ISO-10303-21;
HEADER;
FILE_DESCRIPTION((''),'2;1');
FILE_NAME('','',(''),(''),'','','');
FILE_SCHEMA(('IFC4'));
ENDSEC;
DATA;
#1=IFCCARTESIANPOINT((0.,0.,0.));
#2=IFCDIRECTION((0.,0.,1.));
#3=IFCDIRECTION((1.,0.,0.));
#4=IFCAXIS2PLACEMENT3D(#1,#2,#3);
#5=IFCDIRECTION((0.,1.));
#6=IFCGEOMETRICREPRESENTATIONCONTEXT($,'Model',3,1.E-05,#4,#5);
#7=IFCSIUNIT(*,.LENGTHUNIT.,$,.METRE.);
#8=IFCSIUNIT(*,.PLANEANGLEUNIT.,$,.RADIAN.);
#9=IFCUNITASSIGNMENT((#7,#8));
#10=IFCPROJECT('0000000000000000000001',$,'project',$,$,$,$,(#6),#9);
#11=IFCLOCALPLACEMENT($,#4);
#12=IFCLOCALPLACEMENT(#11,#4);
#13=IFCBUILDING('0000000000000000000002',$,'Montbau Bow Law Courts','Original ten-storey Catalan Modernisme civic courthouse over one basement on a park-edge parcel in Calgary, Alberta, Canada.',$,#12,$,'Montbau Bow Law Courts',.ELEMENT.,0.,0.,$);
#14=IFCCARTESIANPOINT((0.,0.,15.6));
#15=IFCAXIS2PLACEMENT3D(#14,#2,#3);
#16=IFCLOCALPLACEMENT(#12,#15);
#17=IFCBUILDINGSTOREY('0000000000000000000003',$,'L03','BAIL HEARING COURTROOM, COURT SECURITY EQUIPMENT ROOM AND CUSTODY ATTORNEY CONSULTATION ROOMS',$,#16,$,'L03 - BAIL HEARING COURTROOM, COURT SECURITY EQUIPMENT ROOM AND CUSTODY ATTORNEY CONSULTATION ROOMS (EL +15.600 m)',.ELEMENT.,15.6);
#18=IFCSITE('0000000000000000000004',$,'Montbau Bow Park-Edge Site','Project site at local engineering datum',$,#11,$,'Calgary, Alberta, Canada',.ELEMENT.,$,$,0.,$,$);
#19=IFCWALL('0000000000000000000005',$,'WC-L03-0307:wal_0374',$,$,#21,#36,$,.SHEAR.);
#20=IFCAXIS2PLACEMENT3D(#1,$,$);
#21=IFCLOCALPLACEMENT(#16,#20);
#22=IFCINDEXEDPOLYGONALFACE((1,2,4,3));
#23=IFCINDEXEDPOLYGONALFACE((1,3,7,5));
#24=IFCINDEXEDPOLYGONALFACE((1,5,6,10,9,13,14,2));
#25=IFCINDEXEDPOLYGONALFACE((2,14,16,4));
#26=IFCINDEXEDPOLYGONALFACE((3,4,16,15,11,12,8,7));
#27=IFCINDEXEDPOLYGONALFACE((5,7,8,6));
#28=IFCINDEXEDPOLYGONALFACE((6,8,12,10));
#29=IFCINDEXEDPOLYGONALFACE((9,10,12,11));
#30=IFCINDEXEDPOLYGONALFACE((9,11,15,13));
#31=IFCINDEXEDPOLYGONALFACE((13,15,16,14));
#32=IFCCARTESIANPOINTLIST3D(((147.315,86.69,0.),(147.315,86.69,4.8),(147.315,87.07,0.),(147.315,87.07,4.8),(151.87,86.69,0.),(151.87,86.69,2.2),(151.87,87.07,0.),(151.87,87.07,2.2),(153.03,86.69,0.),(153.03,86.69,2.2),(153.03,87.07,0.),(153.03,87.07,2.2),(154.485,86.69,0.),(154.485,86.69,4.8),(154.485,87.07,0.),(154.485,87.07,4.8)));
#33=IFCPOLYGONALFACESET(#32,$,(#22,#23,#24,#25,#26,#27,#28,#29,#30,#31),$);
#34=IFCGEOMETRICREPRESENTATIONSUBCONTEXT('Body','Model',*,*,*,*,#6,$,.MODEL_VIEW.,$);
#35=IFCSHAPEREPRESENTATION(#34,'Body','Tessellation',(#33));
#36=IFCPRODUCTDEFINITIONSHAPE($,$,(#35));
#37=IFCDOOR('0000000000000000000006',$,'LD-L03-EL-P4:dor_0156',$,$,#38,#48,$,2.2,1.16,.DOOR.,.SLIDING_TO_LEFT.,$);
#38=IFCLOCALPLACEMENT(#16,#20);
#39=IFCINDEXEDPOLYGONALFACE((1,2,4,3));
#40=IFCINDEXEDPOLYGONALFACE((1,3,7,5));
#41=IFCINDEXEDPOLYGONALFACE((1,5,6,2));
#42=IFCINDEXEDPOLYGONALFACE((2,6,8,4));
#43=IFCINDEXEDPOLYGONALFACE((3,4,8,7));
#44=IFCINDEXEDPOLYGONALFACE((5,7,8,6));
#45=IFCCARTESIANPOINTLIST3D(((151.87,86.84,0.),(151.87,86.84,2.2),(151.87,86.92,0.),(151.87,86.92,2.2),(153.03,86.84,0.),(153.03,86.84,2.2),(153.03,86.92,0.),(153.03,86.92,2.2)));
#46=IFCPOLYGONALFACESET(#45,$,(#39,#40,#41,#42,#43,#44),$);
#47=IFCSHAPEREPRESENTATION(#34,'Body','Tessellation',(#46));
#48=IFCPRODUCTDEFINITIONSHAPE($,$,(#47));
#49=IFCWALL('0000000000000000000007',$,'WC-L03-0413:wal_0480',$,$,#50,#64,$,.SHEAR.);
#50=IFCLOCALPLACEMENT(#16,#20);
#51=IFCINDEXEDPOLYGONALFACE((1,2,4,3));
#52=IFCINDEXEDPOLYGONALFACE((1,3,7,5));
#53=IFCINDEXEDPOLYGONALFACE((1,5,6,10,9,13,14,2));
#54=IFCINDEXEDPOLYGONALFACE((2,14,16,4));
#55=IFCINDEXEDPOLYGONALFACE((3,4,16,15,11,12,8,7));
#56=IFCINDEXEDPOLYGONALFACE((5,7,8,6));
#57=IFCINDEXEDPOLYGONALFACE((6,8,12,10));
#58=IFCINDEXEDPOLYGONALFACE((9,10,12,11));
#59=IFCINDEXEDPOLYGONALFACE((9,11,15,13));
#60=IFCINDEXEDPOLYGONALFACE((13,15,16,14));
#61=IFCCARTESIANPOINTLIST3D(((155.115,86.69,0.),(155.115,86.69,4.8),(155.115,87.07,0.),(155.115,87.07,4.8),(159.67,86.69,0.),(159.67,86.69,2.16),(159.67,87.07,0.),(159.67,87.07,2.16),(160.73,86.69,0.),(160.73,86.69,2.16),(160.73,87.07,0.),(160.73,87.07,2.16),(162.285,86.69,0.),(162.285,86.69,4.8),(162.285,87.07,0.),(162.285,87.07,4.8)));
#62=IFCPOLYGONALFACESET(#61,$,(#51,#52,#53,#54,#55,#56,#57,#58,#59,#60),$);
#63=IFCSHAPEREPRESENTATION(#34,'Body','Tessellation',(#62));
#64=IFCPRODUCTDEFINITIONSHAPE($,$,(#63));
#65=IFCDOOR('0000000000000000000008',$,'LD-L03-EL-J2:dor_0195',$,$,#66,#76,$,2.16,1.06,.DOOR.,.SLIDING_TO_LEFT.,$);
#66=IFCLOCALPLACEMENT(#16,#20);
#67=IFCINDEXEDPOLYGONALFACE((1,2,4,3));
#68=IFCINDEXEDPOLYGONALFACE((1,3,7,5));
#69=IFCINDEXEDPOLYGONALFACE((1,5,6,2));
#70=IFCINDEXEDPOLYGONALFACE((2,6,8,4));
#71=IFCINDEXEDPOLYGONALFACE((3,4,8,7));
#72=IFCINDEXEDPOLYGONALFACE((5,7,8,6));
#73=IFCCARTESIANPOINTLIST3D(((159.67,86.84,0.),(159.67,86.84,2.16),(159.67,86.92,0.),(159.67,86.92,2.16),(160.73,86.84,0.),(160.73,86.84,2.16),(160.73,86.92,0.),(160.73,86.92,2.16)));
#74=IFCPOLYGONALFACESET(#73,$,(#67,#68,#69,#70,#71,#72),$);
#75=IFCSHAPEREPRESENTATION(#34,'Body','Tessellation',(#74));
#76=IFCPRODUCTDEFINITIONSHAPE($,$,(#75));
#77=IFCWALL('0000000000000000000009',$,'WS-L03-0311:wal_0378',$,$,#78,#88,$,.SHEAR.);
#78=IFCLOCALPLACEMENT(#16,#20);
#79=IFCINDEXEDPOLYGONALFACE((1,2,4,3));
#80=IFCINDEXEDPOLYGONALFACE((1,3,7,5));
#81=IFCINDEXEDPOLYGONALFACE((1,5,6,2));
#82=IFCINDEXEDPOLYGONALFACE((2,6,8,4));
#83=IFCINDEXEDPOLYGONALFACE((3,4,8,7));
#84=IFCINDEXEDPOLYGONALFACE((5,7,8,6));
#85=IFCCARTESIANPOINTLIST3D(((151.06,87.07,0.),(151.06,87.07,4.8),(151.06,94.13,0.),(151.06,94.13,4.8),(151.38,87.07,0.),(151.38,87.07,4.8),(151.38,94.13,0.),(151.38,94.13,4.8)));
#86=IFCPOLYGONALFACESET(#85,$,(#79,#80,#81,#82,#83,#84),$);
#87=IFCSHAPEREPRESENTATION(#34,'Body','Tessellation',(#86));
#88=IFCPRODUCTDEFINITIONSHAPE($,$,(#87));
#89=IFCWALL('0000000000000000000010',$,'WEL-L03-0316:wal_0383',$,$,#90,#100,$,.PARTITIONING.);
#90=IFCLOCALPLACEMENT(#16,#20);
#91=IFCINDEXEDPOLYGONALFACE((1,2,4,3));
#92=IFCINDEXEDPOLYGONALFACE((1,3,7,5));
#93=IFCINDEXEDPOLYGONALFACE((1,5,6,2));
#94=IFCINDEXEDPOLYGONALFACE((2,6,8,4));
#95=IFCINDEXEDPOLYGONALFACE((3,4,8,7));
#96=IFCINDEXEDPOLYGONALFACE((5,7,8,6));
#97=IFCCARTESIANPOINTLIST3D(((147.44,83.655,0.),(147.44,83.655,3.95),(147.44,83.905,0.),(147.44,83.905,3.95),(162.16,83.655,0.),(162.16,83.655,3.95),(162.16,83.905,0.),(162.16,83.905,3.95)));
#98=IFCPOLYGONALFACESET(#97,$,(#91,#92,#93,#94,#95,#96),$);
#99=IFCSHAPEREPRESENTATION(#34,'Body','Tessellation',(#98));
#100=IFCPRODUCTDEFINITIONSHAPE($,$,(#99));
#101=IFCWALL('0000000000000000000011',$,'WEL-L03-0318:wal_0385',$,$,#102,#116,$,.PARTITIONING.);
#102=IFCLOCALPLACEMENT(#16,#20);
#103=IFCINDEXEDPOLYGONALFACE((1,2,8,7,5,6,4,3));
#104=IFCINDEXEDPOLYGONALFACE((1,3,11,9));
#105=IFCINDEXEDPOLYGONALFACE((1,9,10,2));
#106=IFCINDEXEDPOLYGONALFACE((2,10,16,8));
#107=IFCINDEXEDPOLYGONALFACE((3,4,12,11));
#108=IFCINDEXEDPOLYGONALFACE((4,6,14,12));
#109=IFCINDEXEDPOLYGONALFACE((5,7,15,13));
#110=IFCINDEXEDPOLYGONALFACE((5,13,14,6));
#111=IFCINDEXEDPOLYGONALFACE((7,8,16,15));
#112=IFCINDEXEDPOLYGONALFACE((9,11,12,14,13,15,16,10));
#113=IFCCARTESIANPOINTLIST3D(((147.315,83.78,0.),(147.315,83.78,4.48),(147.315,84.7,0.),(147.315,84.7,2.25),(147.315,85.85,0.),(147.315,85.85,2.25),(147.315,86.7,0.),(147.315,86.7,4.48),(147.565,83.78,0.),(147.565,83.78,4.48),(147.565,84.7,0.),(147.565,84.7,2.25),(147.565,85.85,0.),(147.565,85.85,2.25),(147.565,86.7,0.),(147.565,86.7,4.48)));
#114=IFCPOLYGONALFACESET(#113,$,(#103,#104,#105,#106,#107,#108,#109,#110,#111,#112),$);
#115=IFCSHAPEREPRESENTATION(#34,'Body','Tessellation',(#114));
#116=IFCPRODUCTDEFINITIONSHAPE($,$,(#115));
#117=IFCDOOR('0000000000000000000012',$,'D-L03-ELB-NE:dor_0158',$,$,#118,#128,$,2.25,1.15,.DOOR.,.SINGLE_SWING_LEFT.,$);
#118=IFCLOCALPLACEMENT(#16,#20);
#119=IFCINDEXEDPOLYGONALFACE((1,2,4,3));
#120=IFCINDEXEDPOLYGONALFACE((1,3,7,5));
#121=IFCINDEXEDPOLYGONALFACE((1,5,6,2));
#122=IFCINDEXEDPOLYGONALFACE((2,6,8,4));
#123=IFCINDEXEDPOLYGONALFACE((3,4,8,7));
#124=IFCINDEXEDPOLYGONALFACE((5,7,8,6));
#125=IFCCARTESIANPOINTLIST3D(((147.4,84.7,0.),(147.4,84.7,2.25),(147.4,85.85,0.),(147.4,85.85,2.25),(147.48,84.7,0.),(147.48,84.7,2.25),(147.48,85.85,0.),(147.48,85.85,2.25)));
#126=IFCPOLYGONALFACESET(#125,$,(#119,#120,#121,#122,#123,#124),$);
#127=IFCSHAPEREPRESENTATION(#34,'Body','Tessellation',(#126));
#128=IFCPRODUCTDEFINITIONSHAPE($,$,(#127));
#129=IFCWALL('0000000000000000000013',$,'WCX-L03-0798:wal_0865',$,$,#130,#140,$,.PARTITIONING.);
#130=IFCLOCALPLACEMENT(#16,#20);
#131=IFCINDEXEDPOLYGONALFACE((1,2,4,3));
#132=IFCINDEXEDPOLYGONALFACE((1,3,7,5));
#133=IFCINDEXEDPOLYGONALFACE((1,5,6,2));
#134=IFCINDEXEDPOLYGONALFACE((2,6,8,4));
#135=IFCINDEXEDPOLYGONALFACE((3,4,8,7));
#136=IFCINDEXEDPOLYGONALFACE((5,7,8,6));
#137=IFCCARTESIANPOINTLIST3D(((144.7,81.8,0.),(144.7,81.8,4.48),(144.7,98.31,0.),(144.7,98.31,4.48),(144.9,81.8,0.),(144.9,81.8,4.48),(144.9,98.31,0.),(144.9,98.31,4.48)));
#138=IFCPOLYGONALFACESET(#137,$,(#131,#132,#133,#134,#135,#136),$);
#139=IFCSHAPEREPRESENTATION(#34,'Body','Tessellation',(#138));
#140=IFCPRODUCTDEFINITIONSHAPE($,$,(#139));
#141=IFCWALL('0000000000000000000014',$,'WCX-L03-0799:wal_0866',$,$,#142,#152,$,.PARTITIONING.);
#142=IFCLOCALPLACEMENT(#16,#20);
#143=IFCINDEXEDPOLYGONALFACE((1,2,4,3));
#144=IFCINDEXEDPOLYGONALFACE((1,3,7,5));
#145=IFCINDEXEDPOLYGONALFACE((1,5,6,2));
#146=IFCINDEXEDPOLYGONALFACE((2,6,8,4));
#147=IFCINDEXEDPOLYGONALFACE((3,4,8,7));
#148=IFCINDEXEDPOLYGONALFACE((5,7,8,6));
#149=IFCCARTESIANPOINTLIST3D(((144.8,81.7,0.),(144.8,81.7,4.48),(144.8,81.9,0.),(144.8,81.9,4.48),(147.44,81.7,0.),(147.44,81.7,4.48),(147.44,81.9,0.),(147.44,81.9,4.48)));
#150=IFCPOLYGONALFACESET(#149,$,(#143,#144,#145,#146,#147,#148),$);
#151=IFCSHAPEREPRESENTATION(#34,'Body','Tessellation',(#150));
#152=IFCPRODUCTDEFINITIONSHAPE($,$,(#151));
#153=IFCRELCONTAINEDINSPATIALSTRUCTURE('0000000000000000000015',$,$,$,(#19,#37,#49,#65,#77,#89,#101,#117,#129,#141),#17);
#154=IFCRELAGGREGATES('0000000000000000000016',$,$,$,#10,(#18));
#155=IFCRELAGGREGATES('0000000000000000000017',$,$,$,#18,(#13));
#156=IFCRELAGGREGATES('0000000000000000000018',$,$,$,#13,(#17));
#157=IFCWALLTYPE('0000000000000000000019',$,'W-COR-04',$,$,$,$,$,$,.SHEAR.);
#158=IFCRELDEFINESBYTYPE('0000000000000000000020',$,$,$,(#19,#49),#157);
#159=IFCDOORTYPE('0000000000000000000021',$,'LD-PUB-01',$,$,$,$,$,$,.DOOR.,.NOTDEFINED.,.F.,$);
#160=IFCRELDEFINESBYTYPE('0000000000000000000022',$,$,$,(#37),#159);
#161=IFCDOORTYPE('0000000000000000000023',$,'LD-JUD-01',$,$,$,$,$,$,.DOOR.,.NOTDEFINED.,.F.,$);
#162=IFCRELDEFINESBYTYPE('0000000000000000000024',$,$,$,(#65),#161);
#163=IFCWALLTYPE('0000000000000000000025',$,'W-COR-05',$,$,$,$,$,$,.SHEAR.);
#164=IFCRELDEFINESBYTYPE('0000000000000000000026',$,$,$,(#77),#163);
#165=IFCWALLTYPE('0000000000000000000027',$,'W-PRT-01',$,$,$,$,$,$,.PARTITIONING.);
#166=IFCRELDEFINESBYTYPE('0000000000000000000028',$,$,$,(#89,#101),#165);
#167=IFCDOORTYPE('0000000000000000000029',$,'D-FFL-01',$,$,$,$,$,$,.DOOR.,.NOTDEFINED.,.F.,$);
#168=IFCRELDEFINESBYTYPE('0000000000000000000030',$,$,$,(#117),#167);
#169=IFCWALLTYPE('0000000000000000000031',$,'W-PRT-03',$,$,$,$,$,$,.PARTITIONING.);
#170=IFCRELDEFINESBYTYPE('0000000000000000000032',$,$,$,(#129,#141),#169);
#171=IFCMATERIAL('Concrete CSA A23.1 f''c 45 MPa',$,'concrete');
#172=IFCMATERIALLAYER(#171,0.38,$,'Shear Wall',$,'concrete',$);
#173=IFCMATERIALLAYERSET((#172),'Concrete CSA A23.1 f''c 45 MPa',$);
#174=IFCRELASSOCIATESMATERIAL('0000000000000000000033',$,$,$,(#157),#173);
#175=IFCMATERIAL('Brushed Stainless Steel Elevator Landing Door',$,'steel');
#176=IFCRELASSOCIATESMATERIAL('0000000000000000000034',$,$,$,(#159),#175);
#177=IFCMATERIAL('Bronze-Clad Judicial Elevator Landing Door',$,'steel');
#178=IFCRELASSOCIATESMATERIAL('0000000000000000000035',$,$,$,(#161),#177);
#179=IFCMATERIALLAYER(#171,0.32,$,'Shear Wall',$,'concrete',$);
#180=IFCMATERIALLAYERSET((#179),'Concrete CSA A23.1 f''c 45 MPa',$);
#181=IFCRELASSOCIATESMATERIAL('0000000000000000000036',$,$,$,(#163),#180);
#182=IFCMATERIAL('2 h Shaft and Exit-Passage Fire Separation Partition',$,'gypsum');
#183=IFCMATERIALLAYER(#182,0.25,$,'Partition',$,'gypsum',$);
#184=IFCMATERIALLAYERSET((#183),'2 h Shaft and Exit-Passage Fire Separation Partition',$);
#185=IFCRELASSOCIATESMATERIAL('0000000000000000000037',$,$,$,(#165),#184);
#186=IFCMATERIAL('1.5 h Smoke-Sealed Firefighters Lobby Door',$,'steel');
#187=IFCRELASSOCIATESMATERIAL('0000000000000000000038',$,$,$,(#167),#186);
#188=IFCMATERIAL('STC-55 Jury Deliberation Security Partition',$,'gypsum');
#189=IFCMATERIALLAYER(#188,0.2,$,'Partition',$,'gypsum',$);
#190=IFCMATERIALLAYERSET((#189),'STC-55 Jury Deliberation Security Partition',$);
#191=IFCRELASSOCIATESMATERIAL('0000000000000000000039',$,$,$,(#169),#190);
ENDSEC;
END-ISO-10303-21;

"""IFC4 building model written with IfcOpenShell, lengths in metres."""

from ifc_helpers import new_model, si_unit, direction, frame, frame_2d, origin_with_axes, place, context, subcontext, project, spatial, rectangle, extrude, material, layer, layer_set, type_object, element, fill, save


model = new_model("IFC4")

# Units and contexts
model_context = context("Model", 3, precision=1e-05, world=origin_with_axes(), true_north=direction((0.0, 1.0)))
body_context = subcontext(model_context, "Body", "Model", "MODEL_VIEW")
ifc_project = project(units=[si_unit("LENGTHUNIT", "METRE"), si_unit("PLANEANGLEUNIT", "RADIAN")], contexts=[model_context])

# Site, building, storey
site_placement = place(None, origin_with_axes())
site = spatial("IfcSite", under=ifc_project, at=site_placement, Name="Montbau Bow Park-Edge Site", Description="Project site at local engineering datum", LongName="Calgary, Alberta, Canada", CompositionType="ELEMENT", RefElevation=0.0)
building_placement = place(site_placement, origin_with_axes())
building = spatial("IfcBuilding", under=site, at=building_placement, Name="Montbau Bow Law Courts", Description="Original ten-storey Catalan Modernisme civic courthouse over one basement on a park-edge parcel in Calgary, Alberta, Canada.", LongName="Montbau Bow Law Courts", CompositionType="ELEMENT", ElevationOfRefHeight=0.0, ElevationOfTerrain=0.0)
storey_placement = place(building_placement, frame((0.0, 0.0, 15.6), z_axis=(0.0, 0.0, 1.0), x_axis=(1.0, 0.0, 0.0)))
storey = spatial("IfcBuildingStorey", under=building, at=storey_placement, Name="L03", Description="BAIL HEARING COURTROOM, COURT SECURITY EQUIPMENT ROOM AND CUSTODY ATTORNEY CONSULTATION ROOMS", LongName="L03 - BAIL HEARING COURTROOM, COURT SECURITY EQUIPMENT ROOM AND CUSTODY ATTORNEY CONSULTATION ROOMS (EL +15.600 m)", CompositionType="ELEMENT", Elevation=15.6)

# Shared definitions
ifc_material_1 = material(Name="Concrete CSA A23.1 f'c 45 MPa", Category="concrete")

# Walls, openings, doors
ifc_layer_1 = layer(ifc_material_1, 0.38, Name="Shear Wall", Category="concrete")
ifc_layer_set_1 = layer_set([ifc_layer_1], Name="Concrete CSA A23.1 f'c 45 MPa")
wall_type_1 = type_object("IfcWallType", Name="W-COR-04", PredefinedType="SHEAR", material=ifc_layer_set_1)
wall_1_placement = place(None, frame((147.315, 86.88, 15.6), z_axis=(0.0, 0.0, 1.0), x_axis=(1.0, 0.0, 0.0)))
wall_1 = element("IfcWall", 1, at=wall_1_placement, inside=storey, type_object=wall_type_1, Name="WC-L03-0307:wal_0374", PredefinedType="SHEAR", context=body_context, shape_type="SweptSolid", body=[
    extrude(rectangle(XDim=7.17, YDim=0.38, at=frame_2d((3.585, 0.0), x_axis=(1.0, 0.0))), origin_with_axes(), (0.0, 0.0, 1.0), 4.8),
])
opening_1_placement = place(None, frame((152.45, 86.88, 15.6), z_axis=(0.0, 0.0, 1.0), x_axis=(1.0, 0.0, 0.0)))
opening_1 = element("IfcOpeningElement", 2, at=opening_1_placement, cuts=wall_1, PredefinedType="OPENING", context=body_context, shape_type="SweptSolid", body=[
    extrude(rectangle(XDim=1.16, YDim=2.2, at=frame_2d((0.0, 1.1), x_axis=(1.0, 0.0))), frame((0.0, 0.2, 0.0), z_axis=(0.0, -1.0, 0.0), x_axis=(1.0, 0.0, 0.0)), (0.0, 0.0, 1.0), 0.4),
])
ifc_material_2 = material(Name="Brushed Stainless Steel Elevator Landing Door", Category="steel")
door_type_1 = type_object("IfcDoorType", Name="LD-PUB-01", OperationType="NOTDEFINED", ParameterTakesPrecedence=False, PredefinedType="DOOR", material=ifc_material_2)
door_1_placement = place(None, frame((152.45, 86.88, 15.6), z_axis=(0.0, 0.0, 1.0), x_axis=(-1.0, 0.0, 0.0)))
door_1 = element("IfcDoor", 3, at=door_1_placement, inside=storey, type_object=door_type_1, Name="LD-L03-EL-P4:dor_0156", OperationType="SLIDING_TO_LEFT", OverallHeight=2.2, OverallWidth=1.16, PredefinedType="DOOR", context=body_context, shape_type="SweptSolid", body=[
    extrude(rectangle(XDim=1.16, YDim=2.2, at=frame_2d((0.0, 1.1), x_axis=(1.0, 0.0))), frame((0.0, 0.04, 0.0), z_axis=(0.0, -1.0, 0.0), x_axis=(1.0, 0.0, 0.0)), (0.0, 0.0, 1.0), 0.08),
])
fill(opening_1, door_1)
wall_2_placement = place(None, frame((155.115, 86.88, 15.6), z_axis=(0.0, 0.0, 1.0), x_axis=(1.0, 0.0, 0.0)))
wall_2 = element("IfcWall", 4, at=wall_2_placement, inside=storey, type_object=wall_type_1, Name="WC-L03-0413:wal_0480", PredefinedType="SHEAR", context=body_context, shape_type="SweptSolid", body=[
    extrude(rectangle(XDim=7.17, YDim=0.38, at=frame_2d((3.585, 0.0), x_axis=(1.0, 0.0))), origin_with_axes(), (0.0, 0.0, 1.0), 4.8),
])
opening_2_placement = place(None, frame((160.2, 86.88, 15.6), z_axis=(0.0, 0.0, 1.0), x_axis=(1.0, 0.0, 0.0)))
opening_2 = element("IfcOpeningElement", 5, at=opening_2_placement, cuts=wall_2, PredefinedType="OPENING", context=body_context, shape_type="SweptSolid", body=[
    extrude(rectangle(XDim=1.06, YDim=2.16, at=frame_2d((0.0, 1.08), x_axis=(1.0, 0.0))), frame((0.0, 0.2, 0.0), z_axis=(0.0, -1.0, 0.0), x_axis=(1.0, 0.0, 0.0)), (0.0, 0.0, 1.0), 0.4),
])
ifc_material_3 = material(Name="Bronze-Clad Judicial Elevator Landing Door", Category="steel")
door_type_2 = type_object("IfcDoorType", Name="LD-JUD-01", OperationType="NOTDEFINED", ParameterTakesPrecedence=False, PredefinedType="DOOR", material=ifc_material_3)
door_2_placement = place(None, frame((160.2, 86.88, 15.6), z_axis=(0.0, 0.0, 1.0), x_axis=(-1.0, 0.0, 0.0)))
door_2 = element("IfcDoor", 6, at=door_2_placement, inside=storey, type_object=door_type_2, Name="LD-L03-EL-J2:dor_0195", OperationType="SLIDING_TO_LEFT", OverallHeight=2.16, OverallWidth=1.06, PredefinedType="DOOR", context=body_context, shape_type="SweptSolid", body=[
    extrude(rectangle(XDim=1.06, YDim=2.16, at=frame_2d((0.0, 1.08), x_axis=(1.0, 0.0))), frame((0.0, 0.04, 0.0), z_axis=(0.0, -1.0, 0.0), x_axis=(1.0, 0.0, 0.0)), (0.0, 0.0, 1.0), 0.08),
])
fill(opening_2, door_2)

# Walls
ifc_layer_2 = layer(ifc_material_1, 0.32, Name="Shear Wall", Category="concrete")
ifc_layer_set_2 = layer_set([ifc_layer_2], Name="Concrete CSA A23.1 f'c 45 MPa")
wall_type_2 = type_object("IfcWallType", Name="W-COR-05", PredefinedType="SHEAR", material=ifc_layer_set_2)
wall_3_placement = place(None, frame((151.22, 87.07, 15.6), z_axis=(0.0, 0.0, 1.0), x_axis=(0.0, 1.0, 0.0)))
element("IfcWall", 7, at=wall_3_placement, inside=storey, type_object=wall_type_2, Name="WS-L03-0311:wal_0378", PredefinedType="SHEAR", context=body_context, shape_type="SweptSolid", body=[
    extrude(rectangle(XDim=7.06, YDim=0.32, at=frame_2d((3.53, 0.0), x_axis=(1.0, 0.0))), origin_with_axes(), (0.0, 0.0, 1.0), 4.8),
])
ifc_material_4 = material(Name="2 h Shaft and Exit-Passage Fire Separation Partition", Category="gypsum")
ifc_layer_3 = layer(ifc_material_4, 0.25, Name="Partition", Category="gypsum")
ifc_layer_set_3 = layer_set([ifc_layer_3], Name="2 h Shaft and Exit-Passage Fire Separation Partition")
wall_type_3 = type_object("IfcWallType", Name="W-PRT-01", PredefinedType="PARTITIONING", material=ifc_layer_set_3)
wall_4_placement = place(None, frame((147.44, 83.78, 15.6), z_axis=(0.0, 0.0, 1.0), x_axis=(1.0, 0.0, 0.0)))
element("IfcWall", 8, at=wall_4_placement, inside=storey, type_object=wall_type_3, Name="WEL-L03-0316:wal_0383", PredefinedType="PARTITIONING", context=body_context, shape_type="SweptSolid", body=[
    extrude(rectangle(XDim=14.72, YDim=0.25, at=frame_2d((7.36, 0.0), x_axis=(1.0, 0.0))), origin_with_axes(), (0.0, 0.0, 1.0), 3.95),
])

# Wall, opening, door
wall_5_placement = place(None, frame((147.44, 86.7, 15.6), z_axis=(0.0, 0.0, 1.0), x_axis=(0.0, -1.0, 0.0)))
wall_5 = element("IfcWall", 9, at=wall_5_placement, inside=storey, type_object=wall_type_3, Name="WEL-L03-0318:wal_0385", PredefinedType="PARTITIONING", context=body_context, shape_type="SweptSolid", body=[
    extrude(rectangle(XDim=2.92, YDim=0.25, at=frame_2d((1.46, 0.0), x_axis=(1.0, 0.0))), origin_with_axes(), (0.0, 0.0, 1.0), 4.48),
])
opening_3_placement = place(None, frame((147.44, 85.275, 15.6), z_axis=(0.0, 0.0, 1.0), x_axis=(0.0, -1.0, 0.0)))
opening_3 = element("IfcOpeningElement", 10, at=opening_3_placement, cuts=wall_5, PredefinedType="OPENING", context=body_context, shape_type="SweptSolid", body=[
    extrude(rectangle(XDim=1.15, YDim=2.25, at=frame_2d((0.0, 1.125), x_axis=(1.0, 0.0))), frame((0.0, 0.135, 0.0), z_axis=(0.0, -1.0, 0.0), x_axis=(1.0, 0.0, 0.0)), (0.0, 0.0, 1.0), 0.27),
])
ifc_material_5 = material(Name="1.5 h Smoke-Sealed Firefighters Lobby Door", Category="steel")
door_type_3 = type_object("IfcDoorType", Name="D-FFL-01", OperationType="NOTDEFINED", ParameterTakesPrecedence=False, PredefinedType="DOOR", material=ifc_material_5)
door_3_placement = place(None, frame((147.44, 85.275, 15.6), z_axis=(0.0, 0.0, 1.0), x_axis=(0.0, -1.0, 0.0)))
door_3 = element("IfcDoor", 11, at=door_3_placement, inside=storey, type_object=door_type_3, Name="D-L03-ELB-NE:dor_0158", OperationType="SINGLE_SWING_LEFT", OverallHeight=2.25, OverallWidth=1.15, PredefinedType="DOOR", context=body_context, shape_type="SweptSolid", body=[
    extrude(rectangle(XDim=1.15, YDim=2.25, at=frame_2d((0.0, 1.125), x_axis=(1.0, 0.0))), frame((0.0, 0.04, 0.0), z_axis=(0.0, -1.0, 0.0), x_axis=(1.0, 0.0, 0.0)), (0.0, 0.0, 1.0), 0.08),
])
fill(opening_3, door_3)

# Walls
ifc_material_6 = material(Name="STC-55 Jury Deliberation Security Partition", Category="gypsum")
ifc_layer_4 = layer(ifc_material_6, 0.2, Name="Partition", Category="gypsum")
ifc_layer_set_4 = layer_set([ifc_layer_4], Name="STC-55 Jury Deliberation Security Partition")
wall_type_4 = type_object("IfcWallType", Name="W-PRT-03", PredefinedType="PARTITIONING", material=ifc_layer_set_4)
wall_6_placement = place(None, frame((144.8, 81.8, 15.6), z_axis=(0.0, 0.0, 1.0), x_axis=(0.0, 1.0, 0.0)))
element("IfcWall", 12, at=wall_6_placement, inside=storey, type_object=wall_type_4, Name="WCX-L03-0798:wal_0865", PredefinedType="PARTITIONING", context=body_context, shape_type="SweptSolid", body=[
    extrude(rectangle(XDim=16.51, YDim=0.2, at=frame_2d((8.255, 0.0), x_axis=(1.0, 0.0))), origin_with_axes(), (0.0, 0.0, 1.0), 4.48),
])
wall_7_placement = place(None, frame((144.8, 81.8, 15.6), z_axis=(0.0, 0.0, 1.0), x_axis=(1.0, 0.0, 0.0)))
element("IfcWall", 13, at=wall_7_placement, inside=storey, type_object=wall_type_4, Name="WCX-L03-0799:wal_0866", PredefinedType="PARTITIONING", context=body_context, shape_type="SweptSolid", body=[
    extrude(rectangle(XDim=2.64, YDim=0.2, at=frame_2d((1.32, 0.0), x_axis=(1.0, 0.0))), origin_with_axes(), (0.0, 0.0, 1.0), 4.48),
])

save(model, "model.ifc")
